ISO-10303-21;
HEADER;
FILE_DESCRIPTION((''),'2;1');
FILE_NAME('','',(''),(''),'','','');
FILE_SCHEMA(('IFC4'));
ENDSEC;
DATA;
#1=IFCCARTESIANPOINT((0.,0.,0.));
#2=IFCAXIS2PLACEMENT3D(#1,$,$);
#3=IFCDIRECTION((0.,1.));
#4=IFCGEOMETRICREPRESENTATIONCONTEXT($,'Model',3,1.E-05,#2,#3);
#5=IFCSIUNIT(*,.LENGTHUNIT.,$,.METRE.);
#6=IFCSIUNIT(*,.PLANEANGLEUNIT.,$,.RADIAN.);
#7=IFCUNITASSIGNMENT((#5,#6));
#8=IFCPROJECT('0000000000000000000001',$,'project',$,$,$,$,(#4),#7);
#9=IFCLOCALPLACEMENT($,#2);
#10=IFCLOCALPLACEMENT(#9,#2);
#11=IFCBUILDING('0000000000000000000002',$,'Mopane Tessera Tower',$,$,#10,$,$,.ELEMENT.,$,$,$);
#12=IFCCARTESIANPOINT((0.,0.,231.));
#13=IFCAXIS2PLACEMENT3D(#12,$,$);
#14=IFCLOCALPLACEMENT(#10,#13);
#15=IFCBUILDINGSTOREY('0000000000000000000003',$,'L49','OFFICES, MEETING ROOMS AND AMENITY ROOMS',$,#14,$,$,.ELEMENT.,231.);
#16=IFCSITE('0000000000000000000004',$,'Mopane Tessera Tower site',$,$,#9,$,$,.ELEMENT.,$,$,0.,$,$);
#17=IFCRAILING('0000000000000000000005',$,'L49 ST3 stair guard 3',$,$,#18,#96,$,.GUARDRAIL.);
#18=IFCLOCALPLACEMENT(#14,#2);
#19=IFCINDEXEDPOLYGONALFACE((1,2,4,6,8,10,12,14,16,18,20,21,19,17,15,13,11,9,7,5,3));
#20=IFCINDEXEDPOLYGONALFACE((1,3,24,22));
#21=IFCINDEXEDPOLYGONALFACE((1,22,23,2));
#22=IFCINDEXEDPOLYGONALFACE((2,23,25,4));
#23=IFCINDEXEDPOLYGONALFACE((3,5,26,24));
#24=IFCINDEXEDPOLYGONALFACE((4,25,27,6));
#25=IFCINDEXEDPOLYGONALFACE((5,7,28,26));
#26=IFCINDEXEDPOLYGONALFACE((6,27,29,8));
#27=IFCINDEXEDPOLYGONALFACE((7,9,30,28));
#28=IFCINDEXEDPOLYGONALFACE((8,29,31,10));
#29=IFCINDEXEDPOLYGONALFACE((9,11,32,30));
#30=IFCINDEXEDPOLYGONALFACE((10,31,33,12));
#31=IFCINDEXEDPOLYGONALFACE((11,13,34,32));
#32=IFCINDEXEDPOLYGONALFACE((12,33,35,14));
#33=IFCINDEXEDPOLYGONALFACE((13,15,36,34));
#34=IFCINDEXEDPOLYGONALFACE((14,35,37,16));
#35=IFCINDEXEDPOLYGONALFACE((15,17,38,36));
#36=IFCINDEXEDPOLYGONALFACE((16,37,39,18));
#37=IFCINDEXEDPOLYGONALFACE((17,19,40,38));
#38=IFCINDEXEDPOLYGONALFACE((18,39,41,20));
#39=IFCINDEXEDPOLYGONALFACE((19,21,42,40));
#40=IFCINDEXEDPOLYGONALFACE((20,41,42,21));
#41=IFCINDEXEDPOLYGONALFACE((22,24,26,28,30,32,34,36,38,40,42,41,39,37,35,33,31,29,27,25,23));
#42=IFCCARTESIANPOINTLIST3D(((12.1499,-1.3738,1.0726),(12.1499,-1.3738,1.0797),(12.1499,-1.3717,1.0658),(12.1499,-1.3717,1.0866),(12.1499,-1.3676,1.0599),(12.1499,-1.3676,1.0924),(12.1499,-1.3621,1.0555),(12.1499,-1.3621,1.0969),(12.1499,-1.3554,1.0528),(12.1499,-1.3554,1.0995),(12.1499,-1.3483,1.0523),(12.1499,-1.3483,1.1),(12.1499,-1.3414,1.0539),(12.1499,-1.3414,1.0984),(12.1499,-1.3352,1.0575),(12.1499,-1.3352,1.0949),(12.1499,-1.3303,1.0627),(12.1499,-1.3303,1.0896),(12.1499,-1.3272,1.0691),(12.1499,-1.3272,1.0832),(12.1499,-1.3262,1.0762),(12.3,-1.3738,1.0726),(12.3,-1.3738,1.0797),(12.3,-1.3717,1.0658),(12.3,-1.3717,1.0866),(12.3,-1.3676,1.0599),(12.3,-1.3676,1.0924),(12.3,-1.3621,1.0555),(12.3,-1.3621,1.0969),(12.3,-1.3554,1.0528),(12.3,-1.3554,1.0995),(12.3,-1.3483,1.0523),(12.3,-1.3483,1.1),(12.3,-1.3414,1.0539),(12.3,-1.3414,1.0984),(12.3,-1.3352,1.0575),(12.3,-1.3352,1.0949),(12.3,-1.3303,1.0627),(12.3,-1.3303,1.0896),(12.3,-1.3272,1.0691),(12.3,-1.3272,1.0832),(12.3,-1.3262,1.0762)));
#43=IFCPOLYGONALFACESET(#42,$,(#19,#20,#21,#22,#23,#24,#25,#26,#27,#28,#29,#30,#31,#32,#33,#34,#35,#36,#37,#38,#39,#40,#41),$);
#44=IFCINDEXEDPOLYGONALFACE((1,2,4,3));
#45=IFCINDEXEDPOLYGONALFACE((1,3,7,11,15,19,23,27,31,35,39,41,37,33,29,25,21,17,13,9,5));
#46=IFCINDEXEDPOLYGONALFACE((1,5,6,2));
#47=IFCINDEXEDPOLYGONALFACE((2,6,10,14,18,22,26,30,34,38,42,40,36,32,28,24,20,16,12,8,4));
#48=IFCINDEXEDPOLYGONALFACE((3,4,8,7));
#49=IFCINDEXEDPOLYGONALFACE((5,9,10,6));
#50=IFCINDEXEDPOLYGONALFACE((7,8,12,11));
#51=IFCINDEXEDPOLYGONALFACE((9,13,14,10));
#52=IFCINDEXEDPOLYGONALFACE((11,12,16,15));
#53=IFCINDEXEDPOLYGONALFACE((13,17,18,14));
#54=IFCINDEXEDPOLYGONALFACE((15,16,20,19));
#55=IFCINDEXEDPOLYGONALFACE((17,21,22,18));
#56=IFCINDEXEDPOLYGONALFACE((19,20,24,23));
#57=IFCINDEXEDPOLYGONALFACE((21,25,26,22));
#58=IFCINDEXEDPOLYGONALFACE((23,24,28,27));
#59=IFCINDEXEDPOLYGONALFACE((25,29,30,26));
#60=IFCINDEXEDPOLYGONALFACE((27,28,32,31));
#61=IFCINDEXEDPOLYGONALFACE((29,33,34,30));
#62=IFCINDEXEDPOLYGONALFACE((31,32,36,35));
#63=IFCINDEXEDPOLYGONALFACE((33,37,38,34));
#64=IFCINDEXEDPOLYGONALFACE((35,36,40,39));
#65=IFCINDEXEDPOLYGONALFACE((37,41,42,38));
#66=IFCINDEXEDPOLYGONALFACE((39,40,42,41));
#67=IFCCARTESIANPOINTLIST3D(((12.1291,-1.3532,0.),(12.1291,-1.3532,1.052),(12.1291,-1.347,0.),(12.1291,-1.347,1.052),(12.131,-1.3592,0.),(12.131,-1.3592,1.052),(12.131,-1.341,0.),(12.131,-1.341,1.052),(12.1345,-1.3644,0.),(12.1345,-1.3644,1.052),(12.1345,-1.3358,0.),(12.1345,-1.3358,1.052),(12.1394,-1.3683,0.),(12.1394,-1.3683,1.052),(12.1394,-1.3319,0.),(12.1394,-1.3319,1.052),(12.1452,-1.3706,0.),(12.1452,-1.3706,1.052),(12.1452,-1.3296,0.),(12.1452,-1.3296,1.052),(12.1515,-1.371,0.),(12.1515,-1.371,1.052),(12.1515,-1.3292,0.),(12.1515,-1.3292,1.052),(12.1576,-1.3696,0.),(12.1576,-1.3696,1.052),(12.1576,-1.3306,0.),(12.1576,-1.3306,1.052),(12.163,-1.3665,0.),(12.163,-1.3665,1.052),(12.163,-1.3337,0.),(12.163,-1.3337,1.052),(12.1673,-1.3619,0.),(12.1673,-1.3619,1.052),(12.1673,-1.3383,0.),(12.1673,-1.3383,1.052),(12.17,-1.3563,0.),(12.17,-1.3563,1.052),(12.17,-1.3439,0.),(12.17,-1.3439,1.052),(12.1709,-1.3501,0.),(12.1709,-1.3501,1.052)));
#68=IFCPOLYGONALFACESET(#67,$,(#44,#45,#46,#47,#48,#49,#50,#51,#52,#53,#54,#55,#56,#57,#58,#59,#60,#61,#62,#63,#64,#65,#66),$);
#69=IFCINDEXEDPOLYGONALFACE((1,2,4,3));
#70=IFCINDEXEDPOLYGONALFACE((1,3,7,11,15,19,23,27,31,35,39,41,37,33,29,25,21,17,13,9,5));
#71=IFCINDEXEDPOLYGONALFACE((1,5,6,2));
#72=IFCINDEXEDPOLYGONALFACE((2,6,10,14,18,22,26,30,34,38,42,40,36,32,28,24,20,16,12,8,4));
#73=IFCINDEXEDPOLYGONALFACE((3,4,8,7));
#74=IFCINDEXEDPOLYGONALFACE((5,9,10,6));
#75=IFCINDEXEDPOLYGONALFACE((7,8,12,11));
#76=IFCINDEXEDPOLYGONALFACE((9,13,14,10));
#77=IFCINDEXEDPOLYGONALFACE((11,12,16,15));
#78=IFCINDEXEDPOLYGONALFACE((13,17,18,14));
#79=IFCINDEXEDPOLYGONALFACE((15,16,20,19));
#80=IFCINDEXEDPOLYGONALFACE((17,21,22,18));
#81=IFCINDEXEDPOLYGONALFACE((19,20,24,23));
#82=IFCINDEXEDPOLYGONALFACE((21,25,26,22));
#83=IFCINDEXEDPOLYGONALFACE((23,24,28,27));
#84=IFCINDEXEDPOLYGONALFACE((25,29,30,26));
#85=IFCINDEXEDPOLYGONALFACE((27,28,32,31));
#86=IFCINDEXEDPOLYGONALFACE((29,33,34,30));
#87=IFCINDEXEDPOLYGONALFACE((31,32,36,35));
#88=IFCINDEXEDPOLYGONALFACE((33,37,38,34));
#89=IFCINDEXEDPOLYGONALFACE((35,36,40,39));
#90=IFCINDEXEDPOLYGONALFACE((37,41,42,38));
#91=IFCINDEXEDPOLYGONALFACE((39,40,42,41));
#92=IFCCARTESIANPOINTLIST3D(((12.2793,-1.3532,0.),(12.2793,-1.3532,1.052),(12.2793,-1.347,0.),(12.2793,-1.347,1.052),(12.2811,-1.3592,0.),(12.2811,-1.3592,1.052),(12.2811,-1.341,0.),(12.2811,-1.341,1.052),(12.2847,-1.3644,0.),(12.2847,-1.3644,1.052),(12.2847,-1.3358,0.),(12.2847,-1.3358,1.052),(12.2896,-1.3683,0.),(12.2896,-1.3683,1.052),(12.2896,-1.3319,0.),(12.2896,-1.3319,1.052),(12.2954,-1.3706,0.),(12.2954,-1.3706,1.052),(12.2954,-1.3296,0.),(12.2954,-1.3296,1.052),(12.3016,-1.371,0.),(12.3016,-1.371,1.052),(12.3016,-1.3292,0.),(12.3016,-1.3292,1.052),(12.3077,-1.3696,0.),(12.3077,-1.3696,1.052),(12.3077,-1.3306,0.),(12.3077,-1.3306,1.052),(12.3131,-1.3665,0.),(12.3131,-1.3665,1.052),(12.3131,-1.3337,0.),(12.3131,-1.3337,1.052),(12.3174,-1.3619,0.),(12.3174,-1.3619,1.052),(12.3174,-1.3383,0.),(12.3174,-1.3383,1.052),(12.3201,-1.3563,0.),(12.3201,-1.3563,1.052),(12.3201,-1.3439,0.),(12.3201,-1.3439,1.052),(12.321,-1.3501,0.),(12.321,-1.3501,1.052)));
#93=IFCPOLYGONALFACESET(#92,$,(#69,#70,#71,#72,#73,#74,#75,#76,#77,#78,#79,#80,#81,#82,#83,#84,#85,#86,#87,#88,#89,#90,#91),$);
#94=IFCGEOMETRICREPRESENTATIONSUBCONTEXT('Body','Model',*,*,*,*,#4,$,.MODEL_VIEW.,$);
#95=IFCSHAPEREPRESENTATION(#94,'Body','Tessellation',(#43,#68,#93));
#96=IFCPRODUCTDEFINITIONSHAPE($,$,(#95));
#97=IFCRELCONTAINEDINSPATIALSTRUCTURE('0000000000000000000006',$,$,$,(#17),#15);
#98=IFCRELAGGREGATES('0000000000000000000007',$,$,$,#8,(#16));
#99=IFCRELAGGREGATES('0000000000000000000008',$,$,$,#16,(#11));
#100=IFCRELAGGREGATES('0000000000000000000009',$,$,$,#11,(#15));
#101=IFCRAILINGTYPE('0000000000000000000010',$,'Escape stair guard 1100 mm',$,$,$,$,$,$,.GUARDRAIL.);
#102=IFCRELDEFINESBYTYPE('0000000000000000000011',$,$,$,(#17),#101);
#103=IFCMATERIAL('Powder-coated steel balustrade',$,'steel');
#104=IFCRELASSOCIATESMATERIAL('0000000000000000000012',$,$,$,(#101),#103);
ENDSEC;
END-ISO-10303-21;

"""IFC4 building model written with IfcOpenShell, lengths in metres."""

from ifc_helpers import new_model, si_unit, direction, frame, origin, origin_2d, place, context, subcontext, project, spatial, circle, extrude, material, type_object, element, save


model = new_model("IFC4")

# Units and contexts
model_context = context("Model", 3, precision=1e-05, world=origin(), true_north=direction((0.0, 1.0)))
body_context = subcontext(model_context, "Body", "Model", "MODEL_VIEW")
ifc_project = project(units=[si_unit("LENGTHUNIT", "METRE"), si_unit("PLANEANGLEUNIT", "RADIAN")], contexts=[model_context])

# Site, building, storey
site_placement = place(None, origin())
site = spatial("IfcSite", under=ifc_project, at=site_placement, Name="Mopane Tessera Tower site", CompositionType="ELEMENT", RefElevation=0.0)
building_placement = place(site_placement, origin())
building = spatial("IfcBuilding", under=site, at=building_placement, Name="Mopane Tessera Tower", CompositionType="ELEMENT")
storey_placement = place(building_placement, frame((0.0, 0.0, 231.0)))
storey = spatial("IfcBuildingStorey", under=building, at=storey_placement, Name="L49", Description="OFFICES, MEETING ROOMS AND AMENITY ROOMS", CompositionType="ELEMENT", Elevation=231.0)

# Railing
ifc_material_1 = material(Name="Powder-coated steel balustrade", Category="steel")
railing_type_1 = type_object("IfcRailingType", Name="Escape stair guard 1100 mm", PredefinedType="GUARDRAIL", material=ifc_material_1)
railing_1_placement = place(storey_placement, frame((12.1499, -1.3501, 0.0)))
element("IfcRailing", 1, at=railing_1_placement, inside=storey, type_object=railing_type_1, Name="L49 ST3 stair guard 3", PredefinedType="GUARDRAIL", context=body_context, shape_type="SweptSolid", body=[
    extrude(circle(Radius=0.0239, at=origin_2d()), frame((0.0, 0.0, 1.0762), z_axis=(1.0, 0.0, 0.0), x_axis=(0.0, 1.0, 0.0)), (0.0, 0.0, 1.0), 0.1501),
    extrude(circle(Radius=0.021, at=origin_2d()), origin(), (0.0, 0.0, 1.0), 1.052),
    extrude(circle(Radius=0.021, at=origin_2d()), frame((0.1501, 0.0, 0.0)), (0.0, 0.0, 1.0), 1.052),
])

save(model, "model.ifc")
